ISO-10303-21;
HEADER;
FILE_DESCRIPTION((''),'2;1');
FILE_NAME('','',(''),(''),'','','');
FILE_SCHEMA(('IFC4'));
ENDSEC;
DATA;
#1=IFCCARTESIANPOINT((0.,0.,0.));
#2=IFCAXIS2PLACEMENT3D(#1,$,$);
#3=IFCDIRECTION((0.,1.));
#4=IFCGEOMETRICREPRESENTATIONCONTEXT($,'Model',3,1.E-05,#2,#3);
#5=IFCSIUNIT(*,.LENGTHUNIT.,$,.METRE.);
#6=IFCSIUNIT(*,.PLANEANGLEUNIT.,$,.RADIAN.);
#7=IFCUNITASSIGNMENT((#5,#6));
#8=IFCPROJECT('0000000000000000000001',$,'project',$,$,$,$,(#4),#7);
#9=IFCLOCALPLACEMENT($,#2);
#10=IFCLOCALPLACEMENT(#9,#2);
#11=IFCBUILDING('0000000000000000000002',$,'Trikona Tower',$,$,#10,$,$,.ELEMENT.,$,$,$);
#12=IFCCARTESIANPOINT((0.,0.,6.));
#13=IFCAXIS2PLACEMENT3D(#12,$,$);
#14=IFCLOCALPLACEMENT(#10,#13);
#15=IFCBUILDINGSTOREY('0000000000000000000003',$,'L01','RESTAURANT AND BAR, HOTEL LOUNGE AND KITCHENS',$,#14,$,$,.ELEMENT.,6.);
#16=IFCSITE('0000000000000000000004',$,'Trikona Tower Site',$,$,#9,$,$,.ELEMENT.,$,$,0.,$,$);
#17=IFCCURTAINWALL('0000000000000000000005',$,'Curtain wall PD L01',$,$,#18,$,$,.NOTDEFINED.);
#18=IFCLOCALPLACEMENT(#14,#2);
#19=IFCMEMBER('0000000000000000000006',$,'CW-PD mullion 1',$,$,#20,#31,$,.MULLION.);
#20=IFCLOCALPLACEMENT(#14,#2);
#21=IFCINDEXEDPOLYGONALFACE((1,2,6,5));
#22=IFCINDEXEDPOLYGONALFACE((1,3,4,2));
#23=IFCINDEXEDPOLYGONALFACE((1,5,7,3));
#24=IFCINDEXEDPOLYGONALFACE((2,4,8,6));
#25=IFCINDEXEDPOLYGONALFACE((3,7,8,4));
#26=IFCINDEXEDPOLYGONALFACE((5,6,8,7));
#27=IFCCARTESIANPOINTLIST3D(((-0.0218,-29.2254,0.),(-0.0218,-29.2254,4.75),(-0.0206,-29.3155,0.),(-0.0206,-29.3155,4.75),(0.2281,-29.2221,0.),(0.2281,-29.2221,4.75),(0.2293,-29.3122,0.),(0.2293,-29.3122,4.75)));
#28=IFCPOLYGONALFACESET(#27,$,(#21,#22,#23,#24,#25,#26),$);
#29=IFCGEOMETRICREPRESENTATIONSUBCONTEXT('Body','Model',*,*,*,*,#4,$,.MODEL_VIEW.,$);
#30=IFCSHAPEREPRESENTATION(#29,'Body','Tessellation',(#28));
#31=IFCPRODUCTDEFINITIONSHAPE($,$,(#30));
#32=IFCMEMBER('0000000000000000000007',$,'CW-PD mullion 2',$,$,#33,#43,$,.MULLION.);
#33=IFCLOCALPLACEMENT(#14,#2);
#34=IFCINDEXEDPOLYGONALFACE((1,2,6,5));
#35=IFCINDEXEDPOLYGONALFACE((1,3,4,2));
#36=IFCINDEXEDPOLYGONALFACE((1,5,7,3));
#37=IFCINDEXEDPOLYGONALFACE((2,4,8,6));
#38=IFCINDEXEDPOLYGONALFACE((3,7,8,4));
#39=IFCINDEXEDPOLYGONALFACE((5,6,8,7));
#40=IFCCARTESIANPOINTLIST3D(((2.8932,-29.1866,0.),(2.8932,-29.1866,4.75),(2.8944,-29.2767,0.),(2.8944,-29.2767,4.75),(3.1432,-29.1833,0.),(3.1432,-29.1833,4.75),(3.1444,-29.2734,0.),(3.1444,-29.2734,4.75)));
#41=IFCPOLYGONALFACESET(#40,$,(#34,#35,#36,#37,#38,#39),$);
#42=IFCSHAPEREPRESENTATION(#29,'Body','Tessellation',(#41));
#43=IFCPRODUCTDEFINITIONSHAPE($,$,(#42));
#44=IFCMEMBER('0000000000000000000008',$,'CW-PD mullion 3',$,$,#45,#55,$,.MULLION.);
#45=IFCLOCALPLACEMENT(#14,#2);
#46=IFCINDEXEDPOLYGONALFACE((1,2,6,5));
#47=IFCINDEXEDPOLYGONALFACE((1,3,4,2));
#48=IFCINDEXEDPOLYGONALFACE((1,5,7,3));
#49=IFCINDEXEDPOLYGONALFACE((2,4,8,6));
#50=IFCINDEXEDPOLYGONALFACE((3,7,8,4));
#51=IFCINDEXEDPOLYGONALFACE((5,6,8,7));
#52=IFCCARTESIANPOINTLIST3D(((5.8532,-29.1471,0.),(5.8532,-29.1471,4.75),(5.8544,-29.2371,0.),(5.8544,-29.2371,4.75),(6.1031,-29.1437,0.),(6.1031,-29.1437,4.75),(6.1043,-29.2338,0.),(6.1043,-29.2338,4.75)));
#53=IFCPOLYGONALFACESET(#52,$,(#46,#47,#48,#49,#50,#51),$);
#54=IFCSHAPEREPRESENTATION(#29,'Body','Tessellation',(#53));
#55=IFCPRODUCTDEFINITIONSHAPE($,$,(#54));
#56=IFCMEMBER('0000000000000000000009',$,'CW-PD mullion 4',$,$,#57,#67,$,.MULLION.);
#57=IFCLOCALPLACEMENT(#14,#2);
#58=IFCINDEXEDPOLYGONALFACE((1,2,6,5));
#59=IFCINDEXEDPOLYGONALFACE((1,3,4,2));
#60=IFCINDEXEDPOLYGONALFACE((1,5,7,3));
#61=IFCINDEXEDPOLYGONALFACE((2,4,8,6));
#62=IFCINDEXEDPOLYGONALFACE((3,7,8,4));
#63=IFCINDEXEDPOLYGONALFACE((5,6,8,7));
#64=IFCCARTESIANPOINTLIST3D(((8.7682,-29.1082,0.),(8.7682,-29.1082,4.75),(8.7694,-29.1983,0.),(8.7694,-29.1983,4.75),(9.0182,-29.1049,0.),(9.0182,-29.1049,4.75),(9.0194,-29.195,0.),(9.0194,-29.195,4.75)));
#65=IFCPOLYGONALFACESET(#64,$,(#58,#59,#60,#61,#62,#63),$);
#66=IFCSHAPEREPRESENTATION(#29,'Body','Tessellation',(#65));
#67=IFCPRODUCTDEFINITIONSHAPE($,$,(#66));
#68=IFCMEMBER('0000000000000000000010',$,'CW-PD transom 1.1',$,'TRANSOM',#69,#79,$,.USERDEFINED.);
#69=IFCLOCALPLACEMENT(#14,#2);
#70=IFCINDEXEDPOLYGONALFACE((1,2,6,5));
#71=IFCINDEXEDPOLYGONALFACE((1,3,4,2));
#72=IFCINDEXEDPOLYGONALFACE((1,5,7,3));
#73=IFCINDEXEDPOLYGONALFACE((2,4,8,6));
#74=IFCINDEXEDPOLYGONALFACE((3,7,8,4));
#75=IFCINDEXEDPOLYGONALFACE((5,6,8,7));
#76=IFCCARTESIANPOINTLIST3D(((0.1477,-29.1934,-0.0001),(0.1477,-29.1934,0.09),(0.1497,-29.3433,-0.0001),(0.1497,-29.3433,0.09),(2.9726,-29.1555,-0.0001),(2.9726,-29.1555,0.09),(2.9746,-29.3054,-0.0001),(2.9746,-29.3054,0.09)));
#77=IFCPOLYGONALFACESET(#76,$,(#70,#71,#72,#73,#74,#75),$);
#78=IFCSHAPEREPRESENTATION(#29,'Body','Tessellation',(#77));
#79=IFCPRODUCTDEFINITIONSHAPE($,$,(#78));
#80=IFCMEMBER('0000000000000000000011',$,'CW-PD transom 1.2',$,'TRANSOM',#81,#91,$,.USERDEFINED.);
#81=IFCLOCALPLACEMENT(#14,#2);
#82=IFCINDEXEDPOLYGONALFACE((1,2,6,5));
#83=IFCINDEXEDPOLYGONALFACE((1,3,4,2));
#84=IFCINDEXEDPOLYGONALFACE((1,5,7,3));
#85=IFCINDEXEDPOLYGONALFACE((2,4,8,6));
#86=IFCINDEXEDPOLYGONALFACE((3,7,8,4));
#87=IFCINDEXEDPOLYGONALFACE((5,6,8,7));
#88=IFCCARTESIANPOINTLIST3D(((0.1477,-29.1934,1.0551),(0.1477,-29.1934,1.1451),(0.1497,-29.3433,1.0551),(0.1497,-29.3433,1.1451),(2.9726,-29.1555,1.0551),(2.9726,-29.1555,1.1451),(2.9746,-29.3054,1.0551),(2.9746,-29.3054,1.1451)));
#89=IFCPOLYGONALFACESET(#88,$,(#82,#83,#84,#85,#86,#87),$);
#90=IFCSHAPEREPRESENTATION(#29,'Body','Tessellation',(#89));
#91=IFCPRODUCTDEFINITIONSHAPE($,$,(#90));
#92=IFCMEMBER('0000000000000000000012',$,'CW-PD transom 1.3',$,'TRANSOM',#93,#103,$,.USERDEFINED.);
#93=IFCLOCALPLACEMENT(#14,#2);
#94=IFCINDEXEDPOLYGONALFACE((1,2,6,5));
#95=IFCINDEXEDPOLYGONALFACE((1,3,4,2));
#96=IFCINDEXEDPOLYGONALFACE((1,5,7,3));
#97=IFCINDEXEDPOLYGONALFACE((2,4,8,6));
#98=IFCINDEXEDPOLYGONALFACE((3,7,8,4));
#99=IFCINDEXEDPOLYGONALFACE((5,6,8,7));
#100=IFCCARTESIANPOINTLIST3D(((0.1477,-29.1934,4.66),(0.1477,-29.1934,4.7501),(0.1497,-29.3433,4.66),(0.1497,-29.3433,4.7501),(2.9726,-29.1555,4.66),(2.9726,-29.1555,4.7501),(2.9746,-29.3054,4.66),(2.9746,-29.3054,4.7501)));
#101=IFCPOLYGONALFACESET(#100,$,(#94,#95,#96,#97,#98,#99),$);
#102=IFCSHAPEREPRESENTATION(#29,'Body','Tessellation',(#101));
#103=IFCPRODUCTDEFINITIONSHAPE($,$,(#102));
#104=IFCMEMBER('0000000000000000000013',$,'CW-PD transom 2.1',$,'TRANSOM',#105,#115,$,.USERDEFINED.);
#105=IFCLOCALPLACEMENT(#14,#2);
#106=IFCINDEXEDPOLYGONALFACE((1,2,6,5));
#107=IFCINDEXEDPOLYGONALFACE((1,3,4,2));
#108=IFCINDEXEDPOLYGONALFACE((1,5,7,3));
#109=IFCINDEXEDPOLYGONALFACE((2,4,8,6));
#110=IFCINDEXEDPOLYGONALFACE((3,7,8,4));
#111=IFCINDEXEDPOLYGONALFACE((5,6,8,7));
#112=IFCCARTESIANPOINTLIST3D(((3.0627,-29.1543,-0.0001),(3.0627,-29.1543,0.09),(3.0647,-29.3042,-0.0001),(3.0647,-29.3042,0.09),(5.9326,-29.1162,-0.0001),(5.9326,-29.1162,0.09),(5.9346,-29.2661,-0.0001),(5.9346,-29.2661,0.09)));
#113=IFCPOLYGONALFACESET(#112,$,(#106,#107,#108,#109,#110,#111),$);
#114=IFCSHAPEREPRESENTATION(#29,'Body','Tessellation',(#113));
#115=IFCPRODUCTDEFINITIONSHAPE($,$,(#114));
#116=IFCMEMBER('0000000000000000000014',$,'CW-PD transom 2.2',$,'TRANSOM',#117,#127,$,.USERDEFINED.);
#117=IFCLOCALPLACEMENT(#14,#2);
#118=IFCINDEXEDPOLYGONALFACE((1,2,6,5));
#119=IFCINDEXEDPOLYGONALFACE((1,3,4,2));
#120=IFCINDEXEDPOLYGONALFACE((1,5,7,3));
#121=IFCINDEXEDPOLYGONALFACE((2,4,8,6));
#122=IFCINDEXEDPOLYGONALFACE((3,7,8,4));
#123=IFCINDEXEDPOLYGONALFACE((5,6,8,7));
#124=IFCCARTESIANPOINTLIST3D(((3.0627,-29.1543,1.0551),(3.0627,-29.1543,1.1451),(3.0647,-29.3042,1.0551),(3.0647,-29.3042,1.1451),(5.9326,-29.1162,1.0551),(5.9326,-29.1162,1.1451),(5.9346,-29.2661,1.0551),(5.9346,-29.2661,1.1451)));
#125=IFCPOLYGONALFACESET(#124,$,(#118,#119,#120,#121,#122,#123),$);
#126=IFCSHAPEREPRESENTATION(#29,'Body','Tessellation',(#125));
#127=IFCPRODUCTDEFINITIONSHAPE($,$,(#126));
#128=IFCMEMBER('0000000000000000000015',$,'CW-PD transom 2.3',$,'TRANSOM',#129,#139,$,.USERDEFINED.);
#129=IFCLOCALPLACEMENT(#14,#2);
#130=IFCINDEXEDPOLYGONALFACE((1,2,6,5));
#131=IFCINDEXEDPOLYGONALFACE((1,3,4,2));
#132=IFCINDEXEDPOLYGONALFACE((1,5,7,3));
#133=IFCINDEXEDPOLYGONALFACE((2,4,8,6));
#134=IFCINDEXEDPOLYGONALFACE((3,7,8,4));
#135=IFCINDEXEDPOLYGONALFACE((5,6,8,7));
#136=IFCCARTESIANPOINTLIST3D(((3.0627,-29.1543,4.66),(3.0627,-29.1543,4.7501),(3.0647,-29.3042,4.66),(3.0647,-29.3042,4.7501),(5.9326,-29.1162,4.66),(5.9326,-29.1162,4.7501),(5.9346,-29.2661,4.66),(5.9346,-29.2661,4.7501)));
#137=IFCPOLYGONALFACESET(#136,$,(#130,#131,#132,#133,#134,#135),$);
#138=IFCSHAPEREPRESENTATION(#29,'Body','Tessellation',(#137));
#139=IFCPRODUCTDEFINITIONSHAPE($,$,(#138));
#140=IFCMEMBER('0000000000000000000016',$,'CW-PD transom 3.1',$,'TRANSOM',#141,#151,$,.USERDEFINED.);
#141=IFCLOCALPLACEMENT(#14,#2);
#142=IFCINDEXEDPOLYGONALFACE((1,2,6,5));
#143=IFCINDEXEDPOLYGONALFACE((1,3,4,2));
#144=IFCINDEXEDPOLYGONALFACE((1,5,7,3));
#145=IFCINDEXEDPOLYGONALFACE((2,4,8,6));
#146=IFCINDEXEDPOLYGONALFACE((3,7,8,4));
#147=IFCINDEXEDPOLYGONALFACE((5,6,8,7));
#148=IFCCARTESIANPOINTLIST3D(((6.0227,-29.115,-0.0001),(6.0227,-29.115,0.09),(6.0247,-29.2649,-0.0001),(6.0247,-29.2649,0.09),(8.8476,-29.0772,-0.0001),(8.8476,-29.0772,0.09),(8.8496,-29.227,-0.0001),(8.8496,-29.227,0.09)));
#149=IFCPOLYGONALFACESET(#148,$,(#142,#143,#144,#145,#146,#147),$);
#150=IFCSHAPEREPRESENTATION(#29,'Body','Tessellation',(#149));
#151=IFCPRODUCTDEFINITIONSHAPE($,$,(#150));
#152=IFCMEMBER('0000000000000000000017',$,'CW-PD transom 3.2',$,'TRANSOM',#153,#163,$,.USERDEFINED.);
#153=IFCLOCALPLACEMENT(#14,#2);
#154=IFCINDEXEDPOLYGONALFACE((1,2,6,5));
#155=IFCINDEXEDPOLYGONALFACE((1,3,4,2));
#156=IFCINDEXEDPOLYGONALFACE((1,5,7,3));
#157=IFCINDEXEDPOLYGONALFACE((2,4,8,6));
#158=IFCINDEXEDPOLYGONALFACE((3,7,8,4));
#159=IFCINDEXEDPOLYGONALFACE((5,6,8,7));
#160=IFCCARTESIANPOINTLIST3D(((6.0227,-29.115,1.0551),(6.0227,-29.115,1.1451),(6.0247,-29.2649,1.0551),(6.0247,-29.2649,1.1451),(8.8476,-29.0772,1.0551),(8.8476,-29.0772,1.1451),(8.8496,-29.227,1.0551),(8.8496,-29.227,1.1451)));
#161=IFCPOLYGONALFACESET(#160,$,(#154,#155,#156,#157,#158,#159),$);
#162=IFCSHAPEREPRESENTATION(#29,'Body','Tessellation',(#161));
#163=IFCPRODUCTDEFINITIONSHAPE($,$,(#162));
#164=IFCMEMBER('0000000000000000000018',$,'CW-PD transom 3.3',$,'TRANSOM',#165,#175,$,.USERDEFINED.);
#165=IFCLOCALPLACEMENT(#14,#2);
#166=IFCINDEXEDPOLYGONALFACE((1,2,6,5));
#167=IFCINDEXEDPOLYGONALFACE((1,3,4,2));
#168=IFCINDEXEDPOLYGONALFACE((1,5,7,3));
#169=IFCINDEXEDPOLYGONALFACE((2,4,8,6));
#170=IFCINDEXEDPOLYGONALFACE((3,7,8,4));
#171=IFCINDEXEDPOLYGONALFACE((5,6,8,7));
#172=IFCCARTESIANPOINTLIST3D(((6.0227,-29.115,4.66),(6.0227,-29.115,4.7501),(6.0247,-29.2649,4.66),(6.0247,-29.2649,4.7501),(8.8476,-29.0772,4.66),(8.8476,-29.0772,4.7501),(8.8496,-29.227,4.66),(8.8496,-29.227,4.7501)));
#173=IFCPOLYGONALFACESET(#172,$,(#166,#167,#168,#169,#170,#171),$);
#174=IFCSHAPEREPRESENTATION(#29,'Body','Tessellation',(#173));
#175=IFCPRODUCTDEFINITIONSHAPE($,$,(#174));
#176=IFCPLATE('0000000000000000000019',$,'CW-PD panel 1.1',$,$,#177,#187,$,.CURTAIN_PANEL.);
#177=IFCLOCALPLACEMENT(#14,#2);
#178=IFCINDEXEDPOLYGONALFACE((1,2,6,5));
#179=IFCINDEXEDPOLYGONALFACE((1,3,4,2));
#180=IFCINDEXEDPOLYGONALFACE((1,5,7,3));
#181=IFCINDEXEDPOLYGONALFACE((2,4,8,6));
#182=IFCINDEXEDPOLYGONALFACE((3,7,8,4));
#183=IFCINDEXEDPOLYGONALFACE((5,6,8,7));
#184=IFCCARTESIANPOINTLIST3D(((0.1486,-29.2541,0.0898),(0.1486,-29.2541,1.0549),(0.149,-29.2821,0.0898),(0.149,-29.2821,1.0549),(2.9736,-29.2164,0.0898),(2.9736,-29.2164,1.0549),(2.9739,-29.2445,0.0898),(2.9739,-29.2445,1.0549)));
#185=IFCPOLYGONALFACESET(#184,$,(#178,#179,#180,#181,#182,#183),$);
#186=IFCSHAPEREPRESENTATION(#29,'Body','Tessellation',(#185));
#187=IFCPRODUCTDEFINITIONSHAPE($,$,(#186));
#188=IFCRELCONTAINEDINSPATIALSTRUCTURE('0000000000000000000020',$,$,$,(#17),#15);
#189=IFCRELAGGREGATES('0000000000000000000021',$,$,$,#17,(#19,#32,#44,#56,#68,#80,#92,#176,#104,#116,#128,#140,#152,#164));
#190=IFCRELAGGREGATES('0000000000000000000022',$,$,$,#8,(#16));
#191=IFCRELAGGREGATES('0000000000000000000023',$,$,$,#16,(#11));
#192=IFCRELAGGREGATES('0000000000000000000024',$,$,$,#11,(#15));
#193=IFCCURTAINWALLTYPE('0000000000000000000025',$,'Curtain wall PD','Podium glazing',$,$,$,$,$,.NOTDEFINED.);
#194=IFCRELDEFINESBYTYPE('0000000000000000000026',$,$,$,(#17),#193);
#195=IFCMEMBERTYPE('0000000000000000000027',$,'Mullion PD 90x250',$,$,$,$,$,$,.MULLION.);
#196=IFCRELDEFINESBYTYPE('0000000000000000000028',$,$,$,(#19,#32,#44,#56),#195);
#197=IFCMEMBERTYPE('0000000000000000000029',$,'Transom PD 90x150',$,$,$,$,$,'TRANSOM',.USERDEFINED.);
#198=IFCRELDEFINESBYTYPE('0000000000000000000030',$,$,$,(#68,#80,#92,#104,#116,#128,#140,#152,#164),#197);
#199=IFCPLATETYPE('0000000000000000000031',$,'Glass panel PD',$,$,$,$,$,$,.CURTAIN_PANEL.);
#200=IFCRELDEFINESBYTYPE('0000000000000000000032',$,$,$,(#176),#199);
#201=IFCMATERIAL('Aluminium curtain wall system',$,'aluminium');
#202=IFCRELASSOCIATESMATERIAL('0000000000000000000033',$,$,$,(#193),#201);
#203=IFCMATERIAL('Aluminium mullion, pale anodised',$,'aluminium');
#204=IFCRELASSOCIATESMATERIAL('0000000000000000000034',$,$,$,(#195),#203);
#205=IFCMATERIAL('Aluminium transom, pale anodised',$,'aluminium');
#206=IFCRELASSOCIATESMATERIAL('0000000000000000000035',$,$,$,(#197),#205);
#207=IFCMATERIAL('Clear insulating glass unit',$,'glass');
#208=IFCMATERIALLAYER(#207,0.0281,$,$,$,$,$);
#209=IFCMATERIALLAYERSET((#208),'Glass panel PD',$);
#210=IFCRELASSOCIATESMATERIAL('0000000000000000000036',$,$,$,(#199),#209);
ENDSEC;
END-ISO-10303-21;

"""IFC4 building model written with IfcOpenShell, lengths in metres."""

from ifc_helpers import new_model, si_unit, direction, frame, origin, origin_2d, place, context, subcontext, project, spatial, rectangle, extrude, material, layer, layer_set, material_profile, profile_set, type_object, element, aggregate, save


model = new_model("IFC4")

# Units and contexts
model_context = context("Model", 3, precision=1e-05, world=origin(), true_north=direction((0.0, 1.0)))
body_context = subcontext(model_context, "Body", "Model", "MODEL_VIEW")
ifc_project = project(units=[si_unit("LENGTHUNIT", "METRE"), si_unit("PLANEANGLEUNIT", "RADIAN")], contexts=[model_context])

# Site, building, storey
site_placement = place(None, origin())
site = spatial("IfcSite", under=ifc_project, at=site_placement, Name="Trikona Tower Site", CompositionType="ELEMENT", RefElevation=0.0)
building_placement = place(site_placement, origin())
building = spatial("IfcBuilding", under=site, at=building_placement, Name="Trikona Tower", CompositionType="ELEMENT")
storey_placement = place(building_placement, frame((0.0, 0.0, 6.0)))
storey = spatial("IfcBuildingStorey", under=building, at=storey_placement, Name="L01", Description="RESTAURANT AND BAR, HOTEL LOUNGE AND KITCHENS", CompositionType="ELEMENT", Elevation=6.0)

# Curtain wall, members, plate
ifc_material_1 = material(Name="Aluminium curtain wall system", Category="aluminium")
curtain_wall_type = type_object("IfcCurtainWallType", Name="Curtain wall PD", Description="Podium glazing", PredefinedType="NOTDEFINED", material=ifc_material_1)
curtain_wall_placement = place(storey_placement, origin())
curtain_wall = element("IfcCurtainWall", 1, at=curtain_wall_placement, inside=storey, type_object=curtain_wall_type, Name="Curtain wall PD L01", PredefinedType="NOTDEFINED")
ifc_material_2 = material(Name="Aluminium mullion, pale anodised", Category="aluminium")
ifc_material_profile_1 = material_profile(ifc_material_2, rectangle(XDim=0.0901, YDim=0.25, at=origin_2d()), Name="MUL-PD")
ifc_profile_set_1 = profile_set([ifc_material_profile_1], Name="Aluminium mullion, pale anodised")
member_type_1 = type_object("IfcMemberType", Name="Mullion PD 90x250", PredefinedType="MULLION", material=ifc_profile_set_1)
member_1_placement = place(storey_placement, frame((0.1038, -29.2688, 0.0), z_axis=(0.0, 0.0, 1.0), x_axis=(-0.013332, 0.999911, 0.0)))
member_1 = element("IfcMember", 2, at=member_1_placement, type_object=member_type_1, Name="CW-PD mullion 1", PredefinedType="MULLION", context=body_context, shape_type="SweptSolid", body=[
    extrude(rectangle(XDim=0.0901, YDim=0.25, at=origin_2d()), origin(), (0.0, 0.0, 1.0), 4.75),
])
member_2_placement = place(storey_placement, frame((3.0188, -29.23, 0.0), z_axis=(0.0, 0.0, 1.0), x_axis=(-0.013332, 0.999911, 0.0)))
member_2 = element("IfcMember", 3, at=member_2_placement, type_object=member_type_1, Name="CW-PD mullion 2", PredefinedType="MULLION", context=body_context, shape_type="SweptSolid", body=[
    extrude(rectangle(XDim=0.0901, YDim=0.25, at=origin_2d()), origin(), (0.0, 0.0, 1.0), 4.75),
])
member_3_placement = place(storey_placement, frame((5.9788, -29.1904, 0.0), z_axis=(0.0, 0.0, 1.0), x_axis=(-0.013332, 0.999911, 0.0)))
member_3 = element("IfcMember", 4, at=member_3_placement, type_object=member_type_1, Name="CW-PD mullion 3", PredefinedType="MULLION", context=body_context, shape_type="SweptSolid", body=[
    extrude(rectangle(XDim=0.0901, YDim=0.25, at=origin_2d()), origin(), (0.0, 0.0, 1.0), 4.75),
])
member_4_placement = place(storey_placement, frame((8.8938, -29.1516, 0.0), z_axis=(0.0, 0.0, 1.0), x_axis=(-0.013332, 0.999911, 0.0)))
member_4 = element("IfcMember", 5, at=member_4_placement, type_object=member_type_1, Name="CW-PD mullion 4", PredefinedType="MULLION", context=body_context, shape_type="SweptSolid", body=[
    extrude(rectangle(XDim=0.0901, YDim=0.25, at=origin_2d()), origin(), (0.0, 0.0, 1.0), 4.75),
])
ifc_material_3 = material(Name="Aluminium transom, pale anodised", Category="aluminium")
ifc_material_profile_2 = material_profile(ifc_material_3, rectangle(XDim=0.1499, YDim=0.0901, at=origin_2d()), Name="TRN-PD")
ifc_profile_set_2 = profile_set([ifc_material_profile_2], Name="Aluminium transom, pale anodised")
member_type_2 = type_object("IfcMemberType", Name="Transom PD 90x150", ElementType="TRANSOM", PredefinedType="USERDEFINED", material=ifc_profile_set_2)
member_5_placement = place(storey_placement, frame((0.1487, -29.2683, 0.0449), z_axis=(0.99991, 0.013394, 0.0), x_axis=(-0.013394, 0.99991, 0.0)))
member_5 = element("IfcMember", 6, at=member_5_placement, type_object=member_type_2, Name="CW-PD transom 1.1", ObjectType="TRANSOM", PredefinedType="USERDEFINED", context=body_context, shape_type="SweptSolid", body=[
    extrude(rectangle(XDim=0.1499, YDim=0.0901, at=origin_2d()), origin(), (0.0, 0.0, 1.0), 2.8252),
])
member_6_placement = place(storey_placement, frame((0.1487, -29.2683, 1.1001), z_axis=(0.99991, 0.013394, 0.0), x_axis=(-0.013394, 0.99991, 0.0)))
member_6 = element("IfcMember", 7, at=member_6_placement, type_object=member_type_2, Name="CW-PD transom 1.2", ObjectType="TRANSOM", PredefinedType="USERDEFINED", context=body_context, shape_type="SweptSolid", body=[
    extrude(rectangle(XDim=0.1499, YDim=0.0901, at=origin_2d()), origin(), (0.0, 0.0, 1.0), 2.8252),
])
member_7_placement = place(storey_placement, frame((0.1487, -29.2683, 4.7051), z_axis=(0.99991, 0.013394, 0.0), x_axis=(-0.013394, 0.99991, 0.0)))
member_7 = element("IfcMember", 8, at=member_7_placement, type_object=member_type_2, Name="CW-PD transom 1.3", ObjectType="TRANSOM", PredefinedType="USERDEFINED", context=body_context, shape_type="SweptSolid", body=[
    extrude(rectangle(XDim=0.1499, YDim=0.0901, at=origin_2d()), origin(), (0.0, 0.0, 1.0), 2.8252),
])
member_8_placement = place(storey_placement, frame((3.0637, -29.2292, 0.0449), z_axis=(0.999912, 0.01327, 0.0), x_axis=(-0.01327, 0.999912, 0.0)))
member_8 = element("IfcMember", 9, at=member_8_placement, type_object=member_type_2, Name="CW-PD transom 2.1", ObjectType="TRANSOM", PredefinedType="USERDEFINED", context=body_context, shape_type="SweptSolid", body=[
    extrude(rectangle(XDim=0.1499, YDim=0.0901, at=origin_2d()), origin(), (0.0, 0.0, 1.0), 2.8701),
])
member_9_placement = place(storey_placement, frame((3.0637, -29.2292, 1.1001), z_axis=(0.999912, 0.01327, 0.0), x_axis=(-0.01327, 0.999912, 0.0)))
member_9 = element("IfcMember", 10, at=member_9_placement, type_object=member_type_2, Name="CW-PD transom 2.2", ObjectType="TRANSOM", PredefinedType="USERDEFINED", context=body_context, shape_type="SweptSolid", body=[
    extrude(rectangle(XDim=0.1499, YDim=0.0901, at=origin_2d()), origin(), (0.0, 0.0, 1.0), 2.8701),
])
member_10_placement = place(storey_placement, frame((3.0637, -29.2292, 4.7051), z_axis=(0.999912, 0.01327, 0.0), x_axis=(-0.01327, 0.999912, 0.0)))
member_10 = element("IfcMember", 11, at=member_10_placement, type_object=member_type_2, Name="CW-PD transom 2.3", ObjectType="TRANSOM", PredefinedType="USERDEFINED", context=body_context, shape_type="SweptSolid", body=[
    extrude(rectangle(XDim=0.1499, YDim=0.0901, at=origin_2d()), origin(), (0.0, 0.0, 1.0), 2.8701),
])
member_11_placement = place(storey_placement, frame((6.0237, -29.1899, 0.0449), z_axis=(0.99991, 0.013394, 0.0), x_axis=(-0.013394, 0.99991, 0.0)))
member_11 = element("IfcMember", 12, at=member_11_placement, type_object=member_type_2, Name="CW-PD transom 3.1", ObjectType="TRANSOM", PredefinedType="USERDEFINED", context=body_context, shape_type="SweptSolid", body=[
    extrude(rectangle(XDim=0.1499, YDim=0.0901, at=origin_2d()), origin(), (0.0, 0.0, 1.0), 2.8252),
])
member_12_placement = place(storey_placement, frame((6.0237, -29.1899, 1.1001), z_axis=(0.99991, 0.013394, 0.0), x_axis=(-0.013394, 0.99991, 0.0)))
member_12 = element("IfcMember", 13, at=member_12_placement, type_object=member_type_2, Name="CW-PD transom 3.2", ObjectType="TRANSOM", PredefinedType="USERDEFINED", context=body_context, shape_type="SweptSolid", body=[
    extrude(rectangle(XDim=0.1499, YDim=0.0901, at=origin_2d()), origin(), (0.0, 0.0, 1.0), 2.8252),
])
member_13_placement = place(storey_placement, frame((6.0237, -29.1899, 4.7051), z_axis=(0.99991, 0.013394, 0.0), x_axis=(-0.013394, 0.99991, 0.0)))
member_13 = element("IfcMember", 14, at=member_13_placement, type_object=member_type_2, Name="CW-PD transom 3.3", ObjectType="TRANSOM", PredefinedType="USERDEFINED", context=body_context, shape_type="SweptSolid", body=[
    extrude(rectangle(XDim=0.1499, YDim=0.0901, at=origin_2d()), origin(), (0.0, 0.0, 1.0), 2.8252),
])
ifc_material_4 = material(Name="Clear insulating glass unit", Category="glass")
ifc_layer = layer(ifc_material_4, 0.0281)
ifc_layer_set = layer_set([ifc_layer], Name="Glass panel PD")
plate_type = type_object("IfcPlateType", Name="Glass panel PD", PredefinedType="CURTAIN_PANEL", material=ifc_layer_set)
plate_1_placement = place(storey_placement, frame((1.5613, -29.2493, 0.0898), z_axis=(0.0, 0.0, 1.0), x_axis=(0.999911, 0.013332, 0.0)))
plate_1 = element("IfcPlate", 15, at=plate_1_placement, type_object=plate_type, Name="CW-PD panel 1.1", PredefinedType="CURTAIN_PANEL", context=body_context, shape_type="SweptSolid", body=[
    extrude(rectangle(XDim=2.8252, YDim=0.0281, at=origin_2d()), origin(), (0.0, 0.0, 1.0), 0.9651),
])
aggregate(curtain_wall, [member_1, member_2, member_3, member_4, member_5, member_6, member_7, plate_1, member_8, member_9, member_10, member_11, member_12, member_13])

save(model, "model.ifc")
